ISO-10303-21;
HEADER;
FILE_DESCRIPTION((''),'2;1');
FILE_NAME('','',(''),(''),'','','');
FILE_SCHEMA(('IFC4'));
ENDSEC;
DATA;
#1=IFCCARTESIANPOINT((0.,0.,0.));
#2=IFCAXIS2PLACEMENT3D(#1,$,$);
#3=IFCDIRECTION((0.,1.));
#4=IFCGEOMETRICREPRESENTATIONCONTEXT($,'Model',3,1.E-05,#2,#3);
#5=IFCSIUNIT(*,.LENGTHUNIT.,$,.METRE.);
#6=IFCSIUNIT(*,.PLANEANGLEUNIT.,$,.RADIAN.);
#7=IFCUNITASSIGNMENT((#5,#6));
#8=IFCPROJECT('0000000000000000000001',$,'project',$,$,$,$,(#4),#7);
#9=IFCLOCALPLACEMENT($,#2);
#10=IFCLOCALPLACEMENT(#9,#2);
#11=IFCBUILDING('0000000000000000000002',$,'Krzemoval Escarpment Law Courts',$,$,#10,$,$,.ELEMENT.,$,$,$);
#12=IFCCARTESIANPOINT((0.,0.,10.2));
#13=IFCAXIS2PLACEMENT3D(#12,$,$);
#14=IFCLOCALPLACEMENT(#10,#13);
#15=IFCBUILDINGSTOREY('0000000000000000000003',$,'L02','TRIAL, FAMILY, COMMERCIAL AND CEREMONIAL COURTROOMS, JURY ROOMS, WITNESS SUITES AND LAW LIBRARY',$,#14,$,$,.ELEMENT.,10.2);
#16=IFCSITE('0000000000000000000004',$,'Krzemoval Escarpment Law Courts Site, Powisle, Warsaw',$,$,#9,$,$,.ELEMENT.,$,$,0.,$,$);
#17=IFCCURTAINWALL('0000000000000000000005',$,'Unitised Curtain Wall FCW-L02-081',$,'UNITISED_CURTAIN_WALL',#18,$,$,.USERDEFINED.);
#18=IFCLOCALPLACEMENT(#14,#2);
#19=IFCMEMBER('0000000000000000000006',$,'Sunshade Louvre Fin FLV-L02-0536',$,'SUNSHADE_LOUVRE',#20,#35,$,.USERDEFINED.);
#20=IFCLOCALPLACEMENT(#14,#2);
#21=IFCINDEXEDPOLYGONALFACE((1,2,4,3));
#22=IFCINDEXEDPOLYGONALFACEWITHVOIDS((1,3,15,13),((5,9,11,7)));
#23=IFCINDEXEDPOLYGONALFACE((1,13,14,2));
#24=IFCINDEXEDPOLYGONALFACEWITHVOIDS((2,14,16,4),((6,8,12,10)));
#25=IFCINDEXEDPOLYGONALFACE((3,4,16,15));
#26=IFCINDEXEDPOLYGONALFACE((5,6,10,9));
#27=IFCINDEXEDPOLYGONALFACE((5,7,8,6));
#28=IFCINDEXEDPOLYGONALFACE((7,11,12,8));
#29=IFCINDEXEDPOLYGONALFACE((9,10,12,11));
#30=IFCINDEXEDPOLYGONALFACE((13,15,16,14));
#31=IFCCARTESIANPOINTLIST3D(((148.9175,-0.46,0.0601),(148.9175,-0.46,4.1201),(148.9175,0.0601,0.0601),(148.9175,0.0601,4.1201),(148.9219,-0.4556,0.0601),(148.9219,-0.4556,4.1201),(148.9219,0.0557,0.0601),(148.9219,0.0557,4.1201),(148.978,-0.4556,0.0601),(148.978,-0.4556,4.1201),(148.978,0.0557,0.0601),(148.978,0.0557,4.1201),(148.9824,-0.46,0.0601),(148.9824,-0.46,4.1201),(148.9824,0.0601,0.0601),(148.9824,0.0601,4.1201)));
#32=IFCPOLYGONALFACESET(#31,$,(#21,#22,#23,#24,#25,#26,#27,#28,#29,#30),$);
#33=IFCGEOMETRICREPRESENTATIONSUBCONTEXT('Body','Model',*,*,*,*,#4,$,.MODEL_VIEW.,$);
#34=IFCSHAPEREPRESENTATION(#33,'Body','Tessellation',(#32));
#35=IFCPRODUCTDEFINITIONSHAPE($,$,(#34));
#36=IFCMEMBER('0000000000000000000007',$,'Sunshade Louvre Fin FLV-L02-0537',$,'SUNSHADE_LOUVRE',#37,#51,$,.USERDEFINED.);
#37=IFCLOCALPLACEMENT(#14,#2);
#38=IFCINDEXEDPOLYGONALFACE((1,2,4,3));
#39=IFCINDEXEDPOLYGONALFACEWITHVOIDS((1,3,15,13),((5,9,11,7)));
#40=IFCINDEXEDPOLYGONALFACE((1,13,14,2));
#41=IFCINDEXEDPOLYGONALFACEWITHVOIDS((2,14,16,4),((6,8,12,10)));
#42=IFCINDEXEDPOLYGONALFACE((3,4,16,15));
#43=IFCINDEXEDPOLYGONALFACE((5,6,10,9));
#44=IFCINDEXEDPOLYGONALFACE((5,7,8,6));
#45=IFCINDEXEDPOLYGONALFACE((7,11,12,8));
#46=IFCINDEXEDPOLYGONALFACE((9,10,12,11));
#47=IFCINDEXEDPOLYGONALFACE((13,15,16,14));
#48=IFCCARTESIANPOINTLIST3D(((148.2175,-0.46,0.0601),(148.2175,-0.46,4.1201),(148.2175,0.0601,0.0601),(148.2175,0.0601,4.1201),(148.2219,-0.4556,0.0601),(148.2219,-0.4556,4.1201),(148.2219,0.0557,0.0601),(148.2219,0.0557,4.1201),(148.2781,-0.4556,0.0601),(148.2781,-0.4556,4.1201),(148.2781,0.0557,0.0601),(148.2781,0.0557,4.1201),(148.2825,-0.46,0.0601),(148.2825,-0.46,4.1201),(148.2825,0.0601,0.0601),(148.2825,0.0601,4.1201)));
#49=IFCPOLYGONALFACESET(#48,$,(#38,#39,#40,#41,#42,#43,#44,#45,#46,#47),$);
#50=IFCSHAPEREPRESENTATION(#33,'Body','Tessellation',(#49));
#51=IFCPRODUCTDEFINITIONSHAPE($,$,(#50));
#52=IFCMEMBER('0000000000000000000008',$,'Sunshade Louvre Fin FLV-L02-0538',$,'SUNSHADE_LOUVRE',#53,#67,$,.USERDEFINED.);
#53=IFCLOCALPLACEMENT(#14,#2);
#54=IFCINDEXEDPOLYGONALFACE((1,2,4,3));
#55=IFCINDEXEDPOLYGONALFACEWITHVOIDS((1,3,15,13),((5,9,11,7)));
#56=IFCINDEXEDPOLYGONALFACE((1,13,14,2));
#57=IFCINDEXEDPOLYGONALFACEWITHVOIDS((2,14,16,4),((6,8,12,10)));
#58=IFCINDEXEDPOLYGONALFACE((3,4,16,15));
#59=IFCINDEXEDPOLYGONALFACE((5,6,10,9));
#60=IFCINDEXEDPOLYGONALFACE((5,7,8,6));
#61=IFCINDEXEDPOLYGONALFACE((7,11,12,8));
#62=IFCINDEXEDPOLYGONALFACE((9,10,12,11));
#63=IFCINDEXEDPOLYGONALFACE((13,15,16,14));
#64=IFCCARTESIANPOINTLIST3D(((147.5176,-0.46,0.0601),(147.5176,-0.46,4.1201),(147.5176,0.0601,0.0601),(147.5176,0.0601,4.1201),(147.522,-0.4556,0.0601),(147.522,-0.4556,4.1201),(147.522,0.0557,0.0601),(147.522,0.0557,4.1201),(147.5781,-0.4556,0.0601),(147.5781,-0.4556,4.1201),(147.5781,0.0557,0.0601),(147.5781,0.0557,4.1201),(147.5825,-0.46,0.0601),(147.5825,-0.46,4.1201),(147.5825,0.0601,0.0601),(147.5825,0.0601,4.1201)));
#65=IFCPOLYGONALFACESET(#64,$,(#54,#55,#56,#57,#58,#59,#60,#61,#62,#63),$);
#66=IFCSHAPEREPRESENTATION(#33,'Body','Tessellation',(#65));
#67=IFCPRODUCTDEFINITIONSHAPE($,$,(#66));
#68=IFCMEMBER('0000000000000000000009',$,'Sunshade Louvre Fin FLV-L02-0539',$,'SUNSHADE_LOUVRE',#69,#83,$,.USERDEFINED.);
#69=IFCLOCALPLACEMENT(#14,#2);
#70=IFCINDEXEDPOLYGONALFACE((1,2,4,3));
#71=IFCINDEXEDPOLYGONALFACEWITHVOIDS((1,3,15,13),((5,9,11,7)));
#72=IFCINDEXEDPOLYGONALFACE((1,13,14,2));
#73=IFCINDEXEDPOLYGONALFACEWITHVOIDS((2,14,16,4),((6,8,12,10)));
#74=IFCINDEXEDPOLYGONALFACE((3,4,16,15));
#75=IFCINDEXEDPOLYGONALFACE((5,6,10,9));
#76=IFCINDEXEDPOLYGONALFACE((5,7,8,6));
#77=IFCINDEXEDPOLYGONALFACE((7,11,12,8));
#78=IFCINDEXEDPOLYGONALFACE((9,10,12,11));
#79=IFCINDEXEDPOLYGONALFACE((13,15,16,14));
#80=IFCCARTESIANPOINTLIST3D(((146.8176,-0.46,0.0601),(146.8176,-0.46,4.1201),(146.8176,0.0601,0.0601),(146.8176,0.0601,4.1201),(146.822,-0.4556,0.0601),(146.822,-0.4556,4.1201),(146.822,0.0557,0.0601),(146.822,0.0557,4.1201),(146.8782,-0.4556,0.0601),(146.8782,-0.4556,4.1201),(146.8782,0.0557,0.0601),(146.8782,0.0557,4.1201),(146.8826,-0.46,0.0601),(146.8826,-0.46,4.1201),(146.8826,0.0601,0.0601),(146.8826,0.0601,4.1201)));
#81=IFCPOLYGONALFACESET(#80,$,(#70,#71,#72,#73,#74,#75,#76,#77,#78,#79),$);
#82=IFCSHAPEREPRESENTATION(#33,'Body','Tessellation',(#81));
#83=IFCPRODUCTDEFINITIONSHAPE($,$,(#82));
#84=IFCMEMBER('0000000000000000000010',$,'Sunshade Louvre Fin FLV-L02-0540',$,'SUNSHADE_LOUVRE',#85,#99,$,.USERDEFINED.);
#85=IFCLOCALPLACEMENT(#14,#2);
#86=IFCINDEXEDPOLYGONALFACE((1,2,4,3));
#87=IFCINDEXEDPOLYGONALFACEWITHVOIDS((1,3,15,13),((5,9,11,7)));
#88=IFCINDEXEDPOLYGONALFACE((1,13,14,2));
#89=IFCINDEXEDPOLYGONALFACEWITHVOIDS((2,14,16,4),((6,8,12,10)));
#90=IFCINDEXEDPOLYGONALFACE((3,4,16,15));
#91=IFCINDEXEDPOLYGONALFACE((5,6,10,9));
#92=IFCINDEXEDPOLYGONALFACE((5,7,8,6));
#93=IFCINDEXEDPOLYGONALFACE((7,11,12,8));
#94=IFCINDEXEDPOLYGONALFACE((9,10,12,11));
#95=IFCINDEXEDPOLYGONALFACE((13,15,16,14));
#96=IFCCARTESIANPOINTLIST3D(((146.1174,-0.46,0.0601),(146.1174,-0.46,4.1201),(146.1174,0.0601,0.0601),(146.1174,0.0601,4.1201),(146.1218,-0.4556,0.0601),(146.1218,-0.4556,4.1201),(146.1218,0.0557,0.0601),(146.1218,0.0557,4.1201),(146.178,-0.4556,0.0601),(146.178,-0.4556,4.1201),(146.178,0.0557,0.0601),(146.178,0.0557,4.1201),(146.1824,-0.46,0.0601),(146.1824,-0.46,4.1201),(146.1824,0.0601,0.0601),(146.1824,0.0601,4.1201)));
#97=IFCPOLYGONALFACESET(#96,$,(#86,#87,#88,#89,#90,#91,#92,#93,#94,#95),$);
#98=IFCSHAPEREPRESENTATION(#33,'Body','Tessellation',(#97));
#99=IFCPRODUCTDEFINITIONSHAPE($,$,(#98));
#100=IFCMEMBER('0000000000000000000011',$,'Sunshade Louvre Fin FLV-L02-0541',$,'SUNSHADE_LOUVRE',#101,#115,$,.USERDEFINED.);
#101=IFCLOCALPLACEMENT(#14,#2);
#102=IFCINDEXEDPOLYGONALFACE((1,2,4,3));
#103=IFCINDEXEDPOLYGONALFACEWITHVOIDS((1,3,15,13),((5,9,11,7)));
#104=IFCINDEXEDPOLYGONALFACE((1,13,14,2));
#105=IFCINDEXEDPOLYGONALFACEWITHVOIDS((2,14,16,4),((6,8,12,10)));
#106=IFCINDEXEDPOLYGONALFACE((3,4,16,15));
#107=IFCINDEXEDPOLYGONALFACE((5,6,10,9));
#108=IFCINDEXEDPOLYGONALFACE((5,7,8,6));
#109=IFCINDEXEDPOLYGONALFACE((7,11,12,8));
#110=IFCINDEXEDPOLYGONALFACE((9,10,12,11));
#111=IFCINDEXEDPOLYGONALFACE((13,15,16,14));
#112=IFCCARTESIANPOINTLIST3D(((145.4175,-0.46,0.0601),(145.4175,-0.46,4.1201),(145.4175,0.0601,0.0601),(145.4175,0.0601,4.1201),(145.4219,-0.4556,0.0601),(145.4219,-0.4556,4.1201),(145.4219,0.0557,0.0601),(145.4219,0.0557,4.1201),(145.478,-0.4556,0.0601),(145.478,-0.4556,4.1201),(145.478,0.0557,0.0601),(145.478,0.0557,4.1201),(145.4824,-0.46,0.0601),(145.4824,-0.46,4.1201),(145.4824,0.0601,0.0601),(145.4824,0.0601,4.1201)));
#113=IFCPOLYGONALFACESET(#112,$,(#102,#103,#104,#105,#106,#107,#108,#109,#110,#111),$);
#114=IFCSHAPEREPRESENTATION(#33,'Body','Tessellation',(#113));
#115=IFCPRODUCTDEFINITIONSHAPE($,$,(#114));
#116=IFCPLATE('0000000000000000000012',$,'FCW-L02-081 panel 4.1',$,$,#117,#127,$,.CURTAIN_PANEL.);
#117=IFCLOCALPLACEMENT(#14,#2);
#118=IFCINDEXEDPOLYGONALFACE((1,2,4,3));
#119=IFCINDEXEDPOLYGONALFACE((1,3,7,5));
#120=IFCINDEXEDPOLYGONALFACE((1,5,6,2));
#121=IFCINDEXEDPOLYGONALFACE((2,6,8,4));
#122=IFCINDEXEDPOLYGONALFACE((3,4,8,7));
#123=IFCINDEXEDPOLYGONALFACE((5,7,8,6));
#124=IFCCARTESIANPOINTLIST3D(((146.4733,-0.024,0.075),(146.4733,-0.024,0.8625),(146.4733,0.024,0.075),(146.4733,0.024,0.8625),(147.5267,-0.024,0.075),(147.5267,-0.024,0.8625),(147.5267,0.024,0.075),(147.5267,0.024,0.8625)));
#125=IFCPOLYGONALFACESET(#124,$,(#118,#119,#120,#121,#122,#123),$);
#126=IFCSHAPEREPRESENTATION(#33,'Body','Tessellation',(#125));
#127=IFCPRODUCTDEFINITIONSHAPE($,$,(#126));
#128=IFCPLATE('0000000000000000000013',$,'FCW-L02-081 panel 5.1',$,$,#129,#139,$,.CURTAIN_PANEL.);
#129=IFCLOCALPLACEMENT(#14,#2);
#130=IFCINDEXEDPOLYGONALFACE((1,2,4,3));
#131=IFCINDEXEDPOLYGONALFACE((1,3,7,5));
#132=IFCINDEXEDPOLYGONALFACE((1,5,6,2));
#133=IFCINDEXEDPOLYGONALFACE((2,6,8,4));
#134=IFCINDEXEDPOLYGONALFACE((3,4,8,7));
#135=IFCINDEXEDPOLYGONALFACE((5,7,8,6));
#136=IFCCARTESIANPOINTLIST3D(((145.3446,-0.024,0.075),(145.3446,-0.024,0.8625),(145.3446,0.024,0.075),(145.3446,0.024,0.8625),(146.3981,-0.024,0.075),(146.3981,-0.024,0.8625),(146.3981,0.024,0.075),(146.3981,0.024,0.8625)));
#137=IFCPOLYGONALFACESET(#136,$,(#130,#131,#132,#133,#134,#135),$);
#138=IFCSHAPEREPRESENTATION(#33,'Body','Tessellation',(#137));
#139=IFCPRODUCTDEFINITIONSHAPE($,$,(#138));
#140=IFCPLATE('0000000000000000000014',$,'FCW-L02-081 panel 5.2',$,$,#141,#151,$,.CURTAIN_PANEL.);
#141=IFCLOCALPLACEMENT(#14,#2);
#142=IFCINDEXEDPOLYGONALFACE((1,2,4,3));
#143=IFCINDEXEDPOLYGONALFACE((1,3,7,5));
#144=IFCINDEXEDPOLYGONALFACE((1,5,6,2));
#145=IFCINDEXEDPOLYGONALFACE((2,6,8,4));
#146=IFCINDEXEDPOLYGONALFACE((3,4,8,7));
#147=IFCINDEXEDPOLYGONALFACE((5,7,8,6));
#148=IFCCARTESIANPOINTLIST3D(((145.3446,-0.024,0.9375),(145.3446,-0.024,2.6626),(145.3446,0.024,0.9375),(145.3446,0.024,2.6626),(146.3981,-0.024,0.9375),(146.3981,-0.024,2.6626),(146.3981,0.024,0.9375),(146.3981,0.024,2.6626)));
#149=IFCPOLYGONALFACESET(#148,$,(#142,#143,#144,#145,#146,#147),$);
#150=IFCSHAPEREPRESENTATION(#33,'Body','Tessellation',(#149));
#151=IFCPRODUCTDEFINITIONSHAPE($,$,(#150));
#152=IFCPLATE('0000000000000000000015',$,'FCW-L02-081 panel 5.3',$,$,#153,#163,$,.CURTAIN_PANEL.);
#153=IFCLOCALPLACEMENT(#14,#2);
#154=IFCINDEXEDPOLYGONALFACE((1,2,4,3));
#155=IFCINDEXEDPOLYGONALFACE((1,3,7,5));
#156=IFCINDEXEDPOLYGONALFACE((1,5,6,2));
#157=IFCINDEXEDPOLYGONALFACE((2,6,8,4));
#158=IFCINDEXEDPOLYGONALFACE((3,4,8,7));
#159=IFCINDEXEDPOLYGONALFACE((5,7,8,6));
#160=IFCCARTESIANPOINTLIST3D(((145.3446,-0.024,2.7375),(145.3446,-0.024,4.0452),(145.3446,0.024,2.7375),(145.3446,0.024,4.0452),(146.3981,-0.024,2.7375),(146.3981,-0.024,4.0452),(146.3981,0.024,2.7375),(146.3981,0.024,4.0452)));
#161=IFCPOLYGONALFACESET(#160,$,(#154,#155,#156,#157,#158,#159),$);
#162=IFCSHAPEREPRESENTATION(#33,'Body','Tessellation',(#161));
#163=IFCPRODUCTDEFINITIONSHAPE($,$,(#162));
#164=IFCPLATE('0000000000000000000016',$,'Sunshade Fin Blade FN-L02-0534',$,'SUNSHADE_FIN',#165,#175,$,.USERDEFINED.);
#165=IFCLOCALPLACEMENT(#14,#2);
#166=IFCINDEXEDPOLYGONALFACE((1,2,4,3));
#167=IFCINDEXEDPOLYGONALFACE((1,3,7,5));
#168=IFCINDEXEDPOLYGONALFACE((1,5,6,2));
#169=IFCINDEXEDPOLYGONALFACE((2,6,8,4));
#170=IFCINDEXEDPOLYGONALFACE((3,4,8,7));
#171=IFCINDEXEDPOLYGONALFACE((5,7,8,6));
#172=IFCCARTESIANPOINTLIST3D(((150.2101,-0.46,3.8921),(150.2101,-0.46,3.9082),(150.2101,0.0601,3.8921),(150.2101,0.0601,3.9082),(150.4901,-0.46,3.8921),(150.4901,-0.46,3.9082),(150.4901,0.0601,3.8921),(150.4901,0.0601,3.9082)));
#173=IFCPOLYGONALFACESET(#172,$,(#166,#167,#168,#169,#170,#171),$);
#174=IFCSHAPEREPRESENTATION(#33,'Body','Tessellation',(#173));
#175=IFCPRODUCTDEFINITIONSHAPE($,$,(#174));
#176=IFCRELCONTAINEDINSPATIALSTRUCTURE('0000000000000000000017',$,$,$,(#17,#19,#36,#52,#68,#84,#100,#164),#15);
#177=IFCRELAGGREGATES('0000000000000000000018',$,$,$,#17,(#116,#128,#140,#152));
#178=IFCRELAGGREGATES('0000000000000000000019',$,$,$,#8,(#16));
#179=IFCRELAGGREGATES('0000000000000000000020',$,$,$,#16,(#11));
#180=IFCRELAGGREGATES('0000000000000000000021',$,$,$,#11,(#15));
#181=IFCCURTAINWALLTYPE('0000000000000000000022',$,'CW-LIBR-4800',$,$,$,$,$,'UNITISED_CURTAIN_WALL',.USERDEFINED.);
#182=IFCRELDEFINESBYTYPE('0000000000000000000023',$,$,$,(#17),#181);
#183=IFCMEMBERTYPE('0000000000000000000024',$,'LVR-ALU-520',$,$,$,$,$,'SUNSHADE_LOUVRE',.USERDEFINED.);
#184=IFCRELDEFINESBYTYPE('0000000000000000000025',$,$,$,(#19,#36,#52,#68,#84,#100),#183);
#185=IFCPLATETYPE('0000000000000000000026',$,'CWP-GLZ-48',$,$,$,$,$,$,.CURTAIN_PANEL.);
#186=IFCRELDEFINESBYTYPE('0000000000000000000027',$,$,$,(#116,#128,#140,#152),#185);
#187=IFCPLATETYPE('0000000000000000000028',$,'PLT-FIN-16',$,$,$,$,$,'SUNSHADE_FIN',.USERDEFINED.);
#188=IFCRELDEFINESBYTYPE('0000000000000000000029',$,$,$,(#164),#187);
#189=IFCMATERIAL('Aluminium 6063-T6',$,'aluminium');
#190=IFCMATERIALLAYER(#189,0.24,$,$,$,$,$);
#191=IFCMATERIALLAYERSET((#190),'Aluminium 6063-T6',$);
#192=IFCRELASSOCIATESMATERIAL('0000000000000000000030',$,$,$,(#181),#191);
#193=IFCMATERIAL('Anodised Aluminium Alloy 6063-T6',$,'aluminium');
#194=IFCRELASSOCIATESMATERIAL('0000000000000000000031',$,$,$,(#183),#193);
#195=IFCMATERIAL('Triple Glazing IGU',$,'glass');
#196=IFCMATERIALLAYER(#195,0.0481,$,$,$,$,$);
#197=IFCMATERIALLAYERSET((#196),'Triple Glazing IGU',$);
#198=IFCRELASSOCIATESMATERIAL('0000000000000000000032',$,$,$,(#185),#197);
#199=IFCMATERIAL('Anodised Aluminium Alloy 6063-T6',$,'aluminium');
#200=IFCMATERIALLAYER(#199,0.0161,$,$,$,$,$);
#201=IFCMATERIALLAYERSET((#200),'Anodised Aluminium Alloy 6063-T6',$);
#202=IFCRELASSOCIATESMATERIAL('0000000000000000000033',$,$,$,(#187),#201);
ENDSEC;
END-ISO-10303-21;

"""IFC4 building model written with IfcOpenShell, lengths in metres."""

from ifc_helpers import new_model, si_unit, direction, frame, origin, origin_2d, place, context, subcontext, project, spatial, rectangle, hollow_rectangle, extrude, material, layer, layer_set, material_profile, profile_set, type_object, element, aggregate, save


model = new_model("IFC4")

# Units and contexts
model_context = context("Model", 3, precision=1e-05, world=origin(), true_north=direction((0.0, 1.0)))
body_context = subcontext(model_context, "Body", "Model", "MODEL_VIEW")
ifc_project = project(units=[si_unit("LENGTHUNIT", "METRE"), si_unit("PLANEANGLEUNIT", "RADIAN")], contexts=[model_context])

# Site, building, storey
site_placement = place(None, origin())
site = spatial("IfcSite", under=ifc_project, at=site_placement, Name="Krzemoval Escarpment Law Courts Site, Powisle, Warsaw", CompositionType="ELEMENT", RefElevation=0.0)
building_placement = place(site_placement, origin())
building = spatial("IfcBuilding", under=site, at=building_placement, Name="Krzemoval Escarpment Law Courts", CompositionType="ELEMENT")
storey_placement = place(building_placement, frame((0.0, 0.0, 10.2)))
storey = spatial("IfcBuildingStorey", under=building, at=storey_placement, Name="L02", Description="TRIAL, FAMILY, COMMERCIAL AND CEREMONIAL COURTROOMS, JURY ROOMS, WITNESS SUITES AND LAW LIBRARY", CompositionType="ELEMENT", Elevation=10.2)

# Curtain wall
ifc_material_1 = material(Name="Aluminium 6063-T6", Category="aluminium")
ifc_layer_1 = layer(ifc_material_1, 0.24)
ifc_layer_set_1 = layer_set([ifc_layer_1], Name="Aluminium 6063-T6")
curtain_wall_type = type_object("IfcCurtainWallType", Name="CW-LIBR-4800", ElementType="UNITISED_CURTAIN_WALL", PredefinedType="USERDEFINED", material=ifc_layer_set_1)
curtain_wall_placement = place(storey_placement, origin())
curtain_wall = element("IfcCurtainWall", 1, at=curtain_wall_placement, inside=storey, type_object=curtain_wall_type, Name="Unitised Curtain Wall FCW-L02-081", ObjectType="UNITISED_CURTAIN_WALL", PredefinedType="USERDEFINED")

# Members
ifc_material_2 = material(Name="Anodised Aluminium Alloy 6063-T6", Category="aluminium")
ifc_material_profile_1 = material_profile(ifc_material_2, hollow_rectangle(XDim=0.0649, YDim=0.52, WallThickness=0.0044, at=origin_2d()), Name="ALU LVR 65x520")
ifc_profile_set_1 = profile_set([ifc_material_profile_1], Name="Anodised Aluminium Alloy 6063-T6")
member_type_1 = type_object("IfcMemberType", Name="LVR-ALU-520", ElementType="SUNSHADE_LOUVRE", PredefinedType="USERDEFINED", material=ifc_profile_set_1)
for number, where, z_axis, x_axis, name in (
    (2, (148.95, -0.2, 0.0601), (0.0, 0.0, 1.0), (1.0, 0.0, 0.0), "Sunshade Louvre Fin FLV-L02-0536"),
    (3, (148.25, -0.2, 0.0601), (0.0, 0.0, 1.0), (1.0, 0.0, 0.0), "Sunshade Louvre Fin FLV-L02-0537"),
    (4, (147.55, -0.2, 0.0601), (0.0, 0.0, 1.0), (1.0, 0.0, 0.0), "Sunshade Louvre Fin FLV-L02-0538"),
    (5, (146.8501, -0.2, 0.0601), (0.0, 0.0, 1.0), (1.0, 0.0, 0.0), "Sunshade Louvre Fin FLV-L02-0539"),
    (6, (146.1499, -0.2, 0.0601), (0.0, 0.0, 1.0), (1.0, 0.0, 0.0), "Sunshade Louvre Fin FLV-L02-0540"),
    (7, (145.45, -0.2, 0.0601), (0.0, 0.0, 1.0), (1.0, 0.0, 0.0), "Sunshade Louvre Fin FLV-L02-0541"),
):
    element("IfcMember", number, at=place(storey_placement, frame(where, z_axis=z_axis, x_axis=x_axis)), inside=storey, type_object=member_type_1, Name=name, ObjectType="SUNSHADE_LOUVRE", PredefinedType="USERDEFINED", context=body_context, shape_type="SweptSolid", body=[
        extrude(hollow_rectangle(XDim=0.0649, YDim=0.52, WallThickness=0.0044, at=origin_2d()), origin(), (0.0, 0.0, 1.0), 4.0601),
    ])

# Plates
ifc_material_3 = material(Name="Triple Glazing IGU", Category="glass")
ifc_layer_2 = layer(ifc_material_3, 0.0481)
ifc_layer_set_2 = layer_set([ifc_layer_2], Name="Triple Glazing IGU")
plate_type_1 = type_object("IfcPlateType", Name="CWP-GLZ-48", PredefinedType="CURTAIN_PANEL", material=ifc_layer_set_2)
plate_1_placement = place(storey_placement, frame((147.0, 0.0, 0.075), z_axis=(0.0, 0.0, 1.0), x_axis=(-1.0, 0.0, 0.0)))
plate_1 = element("IfcPlate", 8, at=plate_1_placement, type_object=plate_type_1, Name="FCW-L02-081 panel 4.1", PredefinedType="CURTAIN_PANEL", context=body_context, shape_type="SweptSolid", body=[
    extrude(rectangle(XDim=1.0535, YDim=0.0481, at=origin_2d()), origin(), (0.0, 0.0, 1.0), 0.7876),
])
plate_2_placement = place(storey_placement, frame((145.8713, 0.0, 0.075), z_axis=(0.0, 0.0, 1.0), x_axis=(-1.0, 0.0, 0.0)))
plate_2 = element("IfcPlate", 9, at=plate_2_placement, type_object=plate_type_1, Name="FCW-L02-081 panel 5.1", PredefinedType="CURTAIN_PANEL", context=body_context, shape_type="SweptSolid", body=[
    extrude(rectangle(XDim=1.0535, YDim=0.0481, at=origin_2d()), origin(), (0.0, 0.0, 1.0), 0.7876),
])
plate_3_placement = place(storey_placement, frame((145.8713, 0.0, 0.9375), z_axis=(0.0, 0.0, 1.0), x_axis=(-1.0, 0.0, 0.0)))
plate_3 = element("IfcPlate", 10, at=plate_3_placement, type_object=plate_type_1, Name="FCW-L02-081 panel 5.2", PredefinedType="CURTAIN_PANEL", context=body_context, shape_type="SweptSolid", body=[
    extrude(rectangle(XDim=1.0535, YDim=0.0481, at=origin_2d()), origin(), (0.0, 0.0, 1.0), 1.7251),
])
plate_4_placement = place(storey_placement, frame((145.8713, 0.0, 2.7375), z_axis=(0.0, 0.0, 1.0), x_axis=(-1.0, 0.0, 0.0)))
plate_4 = element("IfcPlate", 11, at=plate_4_placement, type_object=plate_type_1, Name="FCW-L02-081 panel 5.3", PredefinedType="CURTAIN_PANEL", context=body_context, shape_type="SweptSolid", body=[
    extrude(rectangle(XDim=1.0535, YDim=0.0481, at=origin_2d()), origin(), (0.0, 0.0, 1.0), 1.3076),
])
aggregate(curtain_wall, [plate_1, plate_2, plate_3, plate_4])
ifc_material_4 = material(Name="Anodised Aluminium Alloy 6063-T6", Category="aluminium")
ifc_layer_3 = layer(ifc_material_4, 0.0161)
ifc_layer_set_3 = layer_set([ifc_layer_3], Name="Anodised Aluminium Alloy 6063-T6")
plate_type_2 = type_object("IfcPlateType", Name="PLT-FIN-16", ElementType="SUNSHADE_FIN", PredefinedType="USERDEFINED", material=ifc_layer_set_3)
plate_5_placement = place(storey_placement, frame((150.3501, -0.2, 3.8921), z_axis=(0.0, 0.0, 1.0), x_axis=(0.0, -1.0, 0.0)))
element("IfcPlate", 12, at=plate_5_placement, inside=storey, type_object=plate_type_2, Name="Sunshade Fin Blade FN-L02-0534", ObjectType="SUNSHADE_FIN", PredefinedType="USERDEFINED", context=body_context, shape_type="SweptSolid", body=[
    extrude(rectangle(XDim=0.52, YDim=0.28, at=origin_2d()), origin(), (0.0, 0.0, 1.0), 0.0161),
])

save(model, "model.ifc")
